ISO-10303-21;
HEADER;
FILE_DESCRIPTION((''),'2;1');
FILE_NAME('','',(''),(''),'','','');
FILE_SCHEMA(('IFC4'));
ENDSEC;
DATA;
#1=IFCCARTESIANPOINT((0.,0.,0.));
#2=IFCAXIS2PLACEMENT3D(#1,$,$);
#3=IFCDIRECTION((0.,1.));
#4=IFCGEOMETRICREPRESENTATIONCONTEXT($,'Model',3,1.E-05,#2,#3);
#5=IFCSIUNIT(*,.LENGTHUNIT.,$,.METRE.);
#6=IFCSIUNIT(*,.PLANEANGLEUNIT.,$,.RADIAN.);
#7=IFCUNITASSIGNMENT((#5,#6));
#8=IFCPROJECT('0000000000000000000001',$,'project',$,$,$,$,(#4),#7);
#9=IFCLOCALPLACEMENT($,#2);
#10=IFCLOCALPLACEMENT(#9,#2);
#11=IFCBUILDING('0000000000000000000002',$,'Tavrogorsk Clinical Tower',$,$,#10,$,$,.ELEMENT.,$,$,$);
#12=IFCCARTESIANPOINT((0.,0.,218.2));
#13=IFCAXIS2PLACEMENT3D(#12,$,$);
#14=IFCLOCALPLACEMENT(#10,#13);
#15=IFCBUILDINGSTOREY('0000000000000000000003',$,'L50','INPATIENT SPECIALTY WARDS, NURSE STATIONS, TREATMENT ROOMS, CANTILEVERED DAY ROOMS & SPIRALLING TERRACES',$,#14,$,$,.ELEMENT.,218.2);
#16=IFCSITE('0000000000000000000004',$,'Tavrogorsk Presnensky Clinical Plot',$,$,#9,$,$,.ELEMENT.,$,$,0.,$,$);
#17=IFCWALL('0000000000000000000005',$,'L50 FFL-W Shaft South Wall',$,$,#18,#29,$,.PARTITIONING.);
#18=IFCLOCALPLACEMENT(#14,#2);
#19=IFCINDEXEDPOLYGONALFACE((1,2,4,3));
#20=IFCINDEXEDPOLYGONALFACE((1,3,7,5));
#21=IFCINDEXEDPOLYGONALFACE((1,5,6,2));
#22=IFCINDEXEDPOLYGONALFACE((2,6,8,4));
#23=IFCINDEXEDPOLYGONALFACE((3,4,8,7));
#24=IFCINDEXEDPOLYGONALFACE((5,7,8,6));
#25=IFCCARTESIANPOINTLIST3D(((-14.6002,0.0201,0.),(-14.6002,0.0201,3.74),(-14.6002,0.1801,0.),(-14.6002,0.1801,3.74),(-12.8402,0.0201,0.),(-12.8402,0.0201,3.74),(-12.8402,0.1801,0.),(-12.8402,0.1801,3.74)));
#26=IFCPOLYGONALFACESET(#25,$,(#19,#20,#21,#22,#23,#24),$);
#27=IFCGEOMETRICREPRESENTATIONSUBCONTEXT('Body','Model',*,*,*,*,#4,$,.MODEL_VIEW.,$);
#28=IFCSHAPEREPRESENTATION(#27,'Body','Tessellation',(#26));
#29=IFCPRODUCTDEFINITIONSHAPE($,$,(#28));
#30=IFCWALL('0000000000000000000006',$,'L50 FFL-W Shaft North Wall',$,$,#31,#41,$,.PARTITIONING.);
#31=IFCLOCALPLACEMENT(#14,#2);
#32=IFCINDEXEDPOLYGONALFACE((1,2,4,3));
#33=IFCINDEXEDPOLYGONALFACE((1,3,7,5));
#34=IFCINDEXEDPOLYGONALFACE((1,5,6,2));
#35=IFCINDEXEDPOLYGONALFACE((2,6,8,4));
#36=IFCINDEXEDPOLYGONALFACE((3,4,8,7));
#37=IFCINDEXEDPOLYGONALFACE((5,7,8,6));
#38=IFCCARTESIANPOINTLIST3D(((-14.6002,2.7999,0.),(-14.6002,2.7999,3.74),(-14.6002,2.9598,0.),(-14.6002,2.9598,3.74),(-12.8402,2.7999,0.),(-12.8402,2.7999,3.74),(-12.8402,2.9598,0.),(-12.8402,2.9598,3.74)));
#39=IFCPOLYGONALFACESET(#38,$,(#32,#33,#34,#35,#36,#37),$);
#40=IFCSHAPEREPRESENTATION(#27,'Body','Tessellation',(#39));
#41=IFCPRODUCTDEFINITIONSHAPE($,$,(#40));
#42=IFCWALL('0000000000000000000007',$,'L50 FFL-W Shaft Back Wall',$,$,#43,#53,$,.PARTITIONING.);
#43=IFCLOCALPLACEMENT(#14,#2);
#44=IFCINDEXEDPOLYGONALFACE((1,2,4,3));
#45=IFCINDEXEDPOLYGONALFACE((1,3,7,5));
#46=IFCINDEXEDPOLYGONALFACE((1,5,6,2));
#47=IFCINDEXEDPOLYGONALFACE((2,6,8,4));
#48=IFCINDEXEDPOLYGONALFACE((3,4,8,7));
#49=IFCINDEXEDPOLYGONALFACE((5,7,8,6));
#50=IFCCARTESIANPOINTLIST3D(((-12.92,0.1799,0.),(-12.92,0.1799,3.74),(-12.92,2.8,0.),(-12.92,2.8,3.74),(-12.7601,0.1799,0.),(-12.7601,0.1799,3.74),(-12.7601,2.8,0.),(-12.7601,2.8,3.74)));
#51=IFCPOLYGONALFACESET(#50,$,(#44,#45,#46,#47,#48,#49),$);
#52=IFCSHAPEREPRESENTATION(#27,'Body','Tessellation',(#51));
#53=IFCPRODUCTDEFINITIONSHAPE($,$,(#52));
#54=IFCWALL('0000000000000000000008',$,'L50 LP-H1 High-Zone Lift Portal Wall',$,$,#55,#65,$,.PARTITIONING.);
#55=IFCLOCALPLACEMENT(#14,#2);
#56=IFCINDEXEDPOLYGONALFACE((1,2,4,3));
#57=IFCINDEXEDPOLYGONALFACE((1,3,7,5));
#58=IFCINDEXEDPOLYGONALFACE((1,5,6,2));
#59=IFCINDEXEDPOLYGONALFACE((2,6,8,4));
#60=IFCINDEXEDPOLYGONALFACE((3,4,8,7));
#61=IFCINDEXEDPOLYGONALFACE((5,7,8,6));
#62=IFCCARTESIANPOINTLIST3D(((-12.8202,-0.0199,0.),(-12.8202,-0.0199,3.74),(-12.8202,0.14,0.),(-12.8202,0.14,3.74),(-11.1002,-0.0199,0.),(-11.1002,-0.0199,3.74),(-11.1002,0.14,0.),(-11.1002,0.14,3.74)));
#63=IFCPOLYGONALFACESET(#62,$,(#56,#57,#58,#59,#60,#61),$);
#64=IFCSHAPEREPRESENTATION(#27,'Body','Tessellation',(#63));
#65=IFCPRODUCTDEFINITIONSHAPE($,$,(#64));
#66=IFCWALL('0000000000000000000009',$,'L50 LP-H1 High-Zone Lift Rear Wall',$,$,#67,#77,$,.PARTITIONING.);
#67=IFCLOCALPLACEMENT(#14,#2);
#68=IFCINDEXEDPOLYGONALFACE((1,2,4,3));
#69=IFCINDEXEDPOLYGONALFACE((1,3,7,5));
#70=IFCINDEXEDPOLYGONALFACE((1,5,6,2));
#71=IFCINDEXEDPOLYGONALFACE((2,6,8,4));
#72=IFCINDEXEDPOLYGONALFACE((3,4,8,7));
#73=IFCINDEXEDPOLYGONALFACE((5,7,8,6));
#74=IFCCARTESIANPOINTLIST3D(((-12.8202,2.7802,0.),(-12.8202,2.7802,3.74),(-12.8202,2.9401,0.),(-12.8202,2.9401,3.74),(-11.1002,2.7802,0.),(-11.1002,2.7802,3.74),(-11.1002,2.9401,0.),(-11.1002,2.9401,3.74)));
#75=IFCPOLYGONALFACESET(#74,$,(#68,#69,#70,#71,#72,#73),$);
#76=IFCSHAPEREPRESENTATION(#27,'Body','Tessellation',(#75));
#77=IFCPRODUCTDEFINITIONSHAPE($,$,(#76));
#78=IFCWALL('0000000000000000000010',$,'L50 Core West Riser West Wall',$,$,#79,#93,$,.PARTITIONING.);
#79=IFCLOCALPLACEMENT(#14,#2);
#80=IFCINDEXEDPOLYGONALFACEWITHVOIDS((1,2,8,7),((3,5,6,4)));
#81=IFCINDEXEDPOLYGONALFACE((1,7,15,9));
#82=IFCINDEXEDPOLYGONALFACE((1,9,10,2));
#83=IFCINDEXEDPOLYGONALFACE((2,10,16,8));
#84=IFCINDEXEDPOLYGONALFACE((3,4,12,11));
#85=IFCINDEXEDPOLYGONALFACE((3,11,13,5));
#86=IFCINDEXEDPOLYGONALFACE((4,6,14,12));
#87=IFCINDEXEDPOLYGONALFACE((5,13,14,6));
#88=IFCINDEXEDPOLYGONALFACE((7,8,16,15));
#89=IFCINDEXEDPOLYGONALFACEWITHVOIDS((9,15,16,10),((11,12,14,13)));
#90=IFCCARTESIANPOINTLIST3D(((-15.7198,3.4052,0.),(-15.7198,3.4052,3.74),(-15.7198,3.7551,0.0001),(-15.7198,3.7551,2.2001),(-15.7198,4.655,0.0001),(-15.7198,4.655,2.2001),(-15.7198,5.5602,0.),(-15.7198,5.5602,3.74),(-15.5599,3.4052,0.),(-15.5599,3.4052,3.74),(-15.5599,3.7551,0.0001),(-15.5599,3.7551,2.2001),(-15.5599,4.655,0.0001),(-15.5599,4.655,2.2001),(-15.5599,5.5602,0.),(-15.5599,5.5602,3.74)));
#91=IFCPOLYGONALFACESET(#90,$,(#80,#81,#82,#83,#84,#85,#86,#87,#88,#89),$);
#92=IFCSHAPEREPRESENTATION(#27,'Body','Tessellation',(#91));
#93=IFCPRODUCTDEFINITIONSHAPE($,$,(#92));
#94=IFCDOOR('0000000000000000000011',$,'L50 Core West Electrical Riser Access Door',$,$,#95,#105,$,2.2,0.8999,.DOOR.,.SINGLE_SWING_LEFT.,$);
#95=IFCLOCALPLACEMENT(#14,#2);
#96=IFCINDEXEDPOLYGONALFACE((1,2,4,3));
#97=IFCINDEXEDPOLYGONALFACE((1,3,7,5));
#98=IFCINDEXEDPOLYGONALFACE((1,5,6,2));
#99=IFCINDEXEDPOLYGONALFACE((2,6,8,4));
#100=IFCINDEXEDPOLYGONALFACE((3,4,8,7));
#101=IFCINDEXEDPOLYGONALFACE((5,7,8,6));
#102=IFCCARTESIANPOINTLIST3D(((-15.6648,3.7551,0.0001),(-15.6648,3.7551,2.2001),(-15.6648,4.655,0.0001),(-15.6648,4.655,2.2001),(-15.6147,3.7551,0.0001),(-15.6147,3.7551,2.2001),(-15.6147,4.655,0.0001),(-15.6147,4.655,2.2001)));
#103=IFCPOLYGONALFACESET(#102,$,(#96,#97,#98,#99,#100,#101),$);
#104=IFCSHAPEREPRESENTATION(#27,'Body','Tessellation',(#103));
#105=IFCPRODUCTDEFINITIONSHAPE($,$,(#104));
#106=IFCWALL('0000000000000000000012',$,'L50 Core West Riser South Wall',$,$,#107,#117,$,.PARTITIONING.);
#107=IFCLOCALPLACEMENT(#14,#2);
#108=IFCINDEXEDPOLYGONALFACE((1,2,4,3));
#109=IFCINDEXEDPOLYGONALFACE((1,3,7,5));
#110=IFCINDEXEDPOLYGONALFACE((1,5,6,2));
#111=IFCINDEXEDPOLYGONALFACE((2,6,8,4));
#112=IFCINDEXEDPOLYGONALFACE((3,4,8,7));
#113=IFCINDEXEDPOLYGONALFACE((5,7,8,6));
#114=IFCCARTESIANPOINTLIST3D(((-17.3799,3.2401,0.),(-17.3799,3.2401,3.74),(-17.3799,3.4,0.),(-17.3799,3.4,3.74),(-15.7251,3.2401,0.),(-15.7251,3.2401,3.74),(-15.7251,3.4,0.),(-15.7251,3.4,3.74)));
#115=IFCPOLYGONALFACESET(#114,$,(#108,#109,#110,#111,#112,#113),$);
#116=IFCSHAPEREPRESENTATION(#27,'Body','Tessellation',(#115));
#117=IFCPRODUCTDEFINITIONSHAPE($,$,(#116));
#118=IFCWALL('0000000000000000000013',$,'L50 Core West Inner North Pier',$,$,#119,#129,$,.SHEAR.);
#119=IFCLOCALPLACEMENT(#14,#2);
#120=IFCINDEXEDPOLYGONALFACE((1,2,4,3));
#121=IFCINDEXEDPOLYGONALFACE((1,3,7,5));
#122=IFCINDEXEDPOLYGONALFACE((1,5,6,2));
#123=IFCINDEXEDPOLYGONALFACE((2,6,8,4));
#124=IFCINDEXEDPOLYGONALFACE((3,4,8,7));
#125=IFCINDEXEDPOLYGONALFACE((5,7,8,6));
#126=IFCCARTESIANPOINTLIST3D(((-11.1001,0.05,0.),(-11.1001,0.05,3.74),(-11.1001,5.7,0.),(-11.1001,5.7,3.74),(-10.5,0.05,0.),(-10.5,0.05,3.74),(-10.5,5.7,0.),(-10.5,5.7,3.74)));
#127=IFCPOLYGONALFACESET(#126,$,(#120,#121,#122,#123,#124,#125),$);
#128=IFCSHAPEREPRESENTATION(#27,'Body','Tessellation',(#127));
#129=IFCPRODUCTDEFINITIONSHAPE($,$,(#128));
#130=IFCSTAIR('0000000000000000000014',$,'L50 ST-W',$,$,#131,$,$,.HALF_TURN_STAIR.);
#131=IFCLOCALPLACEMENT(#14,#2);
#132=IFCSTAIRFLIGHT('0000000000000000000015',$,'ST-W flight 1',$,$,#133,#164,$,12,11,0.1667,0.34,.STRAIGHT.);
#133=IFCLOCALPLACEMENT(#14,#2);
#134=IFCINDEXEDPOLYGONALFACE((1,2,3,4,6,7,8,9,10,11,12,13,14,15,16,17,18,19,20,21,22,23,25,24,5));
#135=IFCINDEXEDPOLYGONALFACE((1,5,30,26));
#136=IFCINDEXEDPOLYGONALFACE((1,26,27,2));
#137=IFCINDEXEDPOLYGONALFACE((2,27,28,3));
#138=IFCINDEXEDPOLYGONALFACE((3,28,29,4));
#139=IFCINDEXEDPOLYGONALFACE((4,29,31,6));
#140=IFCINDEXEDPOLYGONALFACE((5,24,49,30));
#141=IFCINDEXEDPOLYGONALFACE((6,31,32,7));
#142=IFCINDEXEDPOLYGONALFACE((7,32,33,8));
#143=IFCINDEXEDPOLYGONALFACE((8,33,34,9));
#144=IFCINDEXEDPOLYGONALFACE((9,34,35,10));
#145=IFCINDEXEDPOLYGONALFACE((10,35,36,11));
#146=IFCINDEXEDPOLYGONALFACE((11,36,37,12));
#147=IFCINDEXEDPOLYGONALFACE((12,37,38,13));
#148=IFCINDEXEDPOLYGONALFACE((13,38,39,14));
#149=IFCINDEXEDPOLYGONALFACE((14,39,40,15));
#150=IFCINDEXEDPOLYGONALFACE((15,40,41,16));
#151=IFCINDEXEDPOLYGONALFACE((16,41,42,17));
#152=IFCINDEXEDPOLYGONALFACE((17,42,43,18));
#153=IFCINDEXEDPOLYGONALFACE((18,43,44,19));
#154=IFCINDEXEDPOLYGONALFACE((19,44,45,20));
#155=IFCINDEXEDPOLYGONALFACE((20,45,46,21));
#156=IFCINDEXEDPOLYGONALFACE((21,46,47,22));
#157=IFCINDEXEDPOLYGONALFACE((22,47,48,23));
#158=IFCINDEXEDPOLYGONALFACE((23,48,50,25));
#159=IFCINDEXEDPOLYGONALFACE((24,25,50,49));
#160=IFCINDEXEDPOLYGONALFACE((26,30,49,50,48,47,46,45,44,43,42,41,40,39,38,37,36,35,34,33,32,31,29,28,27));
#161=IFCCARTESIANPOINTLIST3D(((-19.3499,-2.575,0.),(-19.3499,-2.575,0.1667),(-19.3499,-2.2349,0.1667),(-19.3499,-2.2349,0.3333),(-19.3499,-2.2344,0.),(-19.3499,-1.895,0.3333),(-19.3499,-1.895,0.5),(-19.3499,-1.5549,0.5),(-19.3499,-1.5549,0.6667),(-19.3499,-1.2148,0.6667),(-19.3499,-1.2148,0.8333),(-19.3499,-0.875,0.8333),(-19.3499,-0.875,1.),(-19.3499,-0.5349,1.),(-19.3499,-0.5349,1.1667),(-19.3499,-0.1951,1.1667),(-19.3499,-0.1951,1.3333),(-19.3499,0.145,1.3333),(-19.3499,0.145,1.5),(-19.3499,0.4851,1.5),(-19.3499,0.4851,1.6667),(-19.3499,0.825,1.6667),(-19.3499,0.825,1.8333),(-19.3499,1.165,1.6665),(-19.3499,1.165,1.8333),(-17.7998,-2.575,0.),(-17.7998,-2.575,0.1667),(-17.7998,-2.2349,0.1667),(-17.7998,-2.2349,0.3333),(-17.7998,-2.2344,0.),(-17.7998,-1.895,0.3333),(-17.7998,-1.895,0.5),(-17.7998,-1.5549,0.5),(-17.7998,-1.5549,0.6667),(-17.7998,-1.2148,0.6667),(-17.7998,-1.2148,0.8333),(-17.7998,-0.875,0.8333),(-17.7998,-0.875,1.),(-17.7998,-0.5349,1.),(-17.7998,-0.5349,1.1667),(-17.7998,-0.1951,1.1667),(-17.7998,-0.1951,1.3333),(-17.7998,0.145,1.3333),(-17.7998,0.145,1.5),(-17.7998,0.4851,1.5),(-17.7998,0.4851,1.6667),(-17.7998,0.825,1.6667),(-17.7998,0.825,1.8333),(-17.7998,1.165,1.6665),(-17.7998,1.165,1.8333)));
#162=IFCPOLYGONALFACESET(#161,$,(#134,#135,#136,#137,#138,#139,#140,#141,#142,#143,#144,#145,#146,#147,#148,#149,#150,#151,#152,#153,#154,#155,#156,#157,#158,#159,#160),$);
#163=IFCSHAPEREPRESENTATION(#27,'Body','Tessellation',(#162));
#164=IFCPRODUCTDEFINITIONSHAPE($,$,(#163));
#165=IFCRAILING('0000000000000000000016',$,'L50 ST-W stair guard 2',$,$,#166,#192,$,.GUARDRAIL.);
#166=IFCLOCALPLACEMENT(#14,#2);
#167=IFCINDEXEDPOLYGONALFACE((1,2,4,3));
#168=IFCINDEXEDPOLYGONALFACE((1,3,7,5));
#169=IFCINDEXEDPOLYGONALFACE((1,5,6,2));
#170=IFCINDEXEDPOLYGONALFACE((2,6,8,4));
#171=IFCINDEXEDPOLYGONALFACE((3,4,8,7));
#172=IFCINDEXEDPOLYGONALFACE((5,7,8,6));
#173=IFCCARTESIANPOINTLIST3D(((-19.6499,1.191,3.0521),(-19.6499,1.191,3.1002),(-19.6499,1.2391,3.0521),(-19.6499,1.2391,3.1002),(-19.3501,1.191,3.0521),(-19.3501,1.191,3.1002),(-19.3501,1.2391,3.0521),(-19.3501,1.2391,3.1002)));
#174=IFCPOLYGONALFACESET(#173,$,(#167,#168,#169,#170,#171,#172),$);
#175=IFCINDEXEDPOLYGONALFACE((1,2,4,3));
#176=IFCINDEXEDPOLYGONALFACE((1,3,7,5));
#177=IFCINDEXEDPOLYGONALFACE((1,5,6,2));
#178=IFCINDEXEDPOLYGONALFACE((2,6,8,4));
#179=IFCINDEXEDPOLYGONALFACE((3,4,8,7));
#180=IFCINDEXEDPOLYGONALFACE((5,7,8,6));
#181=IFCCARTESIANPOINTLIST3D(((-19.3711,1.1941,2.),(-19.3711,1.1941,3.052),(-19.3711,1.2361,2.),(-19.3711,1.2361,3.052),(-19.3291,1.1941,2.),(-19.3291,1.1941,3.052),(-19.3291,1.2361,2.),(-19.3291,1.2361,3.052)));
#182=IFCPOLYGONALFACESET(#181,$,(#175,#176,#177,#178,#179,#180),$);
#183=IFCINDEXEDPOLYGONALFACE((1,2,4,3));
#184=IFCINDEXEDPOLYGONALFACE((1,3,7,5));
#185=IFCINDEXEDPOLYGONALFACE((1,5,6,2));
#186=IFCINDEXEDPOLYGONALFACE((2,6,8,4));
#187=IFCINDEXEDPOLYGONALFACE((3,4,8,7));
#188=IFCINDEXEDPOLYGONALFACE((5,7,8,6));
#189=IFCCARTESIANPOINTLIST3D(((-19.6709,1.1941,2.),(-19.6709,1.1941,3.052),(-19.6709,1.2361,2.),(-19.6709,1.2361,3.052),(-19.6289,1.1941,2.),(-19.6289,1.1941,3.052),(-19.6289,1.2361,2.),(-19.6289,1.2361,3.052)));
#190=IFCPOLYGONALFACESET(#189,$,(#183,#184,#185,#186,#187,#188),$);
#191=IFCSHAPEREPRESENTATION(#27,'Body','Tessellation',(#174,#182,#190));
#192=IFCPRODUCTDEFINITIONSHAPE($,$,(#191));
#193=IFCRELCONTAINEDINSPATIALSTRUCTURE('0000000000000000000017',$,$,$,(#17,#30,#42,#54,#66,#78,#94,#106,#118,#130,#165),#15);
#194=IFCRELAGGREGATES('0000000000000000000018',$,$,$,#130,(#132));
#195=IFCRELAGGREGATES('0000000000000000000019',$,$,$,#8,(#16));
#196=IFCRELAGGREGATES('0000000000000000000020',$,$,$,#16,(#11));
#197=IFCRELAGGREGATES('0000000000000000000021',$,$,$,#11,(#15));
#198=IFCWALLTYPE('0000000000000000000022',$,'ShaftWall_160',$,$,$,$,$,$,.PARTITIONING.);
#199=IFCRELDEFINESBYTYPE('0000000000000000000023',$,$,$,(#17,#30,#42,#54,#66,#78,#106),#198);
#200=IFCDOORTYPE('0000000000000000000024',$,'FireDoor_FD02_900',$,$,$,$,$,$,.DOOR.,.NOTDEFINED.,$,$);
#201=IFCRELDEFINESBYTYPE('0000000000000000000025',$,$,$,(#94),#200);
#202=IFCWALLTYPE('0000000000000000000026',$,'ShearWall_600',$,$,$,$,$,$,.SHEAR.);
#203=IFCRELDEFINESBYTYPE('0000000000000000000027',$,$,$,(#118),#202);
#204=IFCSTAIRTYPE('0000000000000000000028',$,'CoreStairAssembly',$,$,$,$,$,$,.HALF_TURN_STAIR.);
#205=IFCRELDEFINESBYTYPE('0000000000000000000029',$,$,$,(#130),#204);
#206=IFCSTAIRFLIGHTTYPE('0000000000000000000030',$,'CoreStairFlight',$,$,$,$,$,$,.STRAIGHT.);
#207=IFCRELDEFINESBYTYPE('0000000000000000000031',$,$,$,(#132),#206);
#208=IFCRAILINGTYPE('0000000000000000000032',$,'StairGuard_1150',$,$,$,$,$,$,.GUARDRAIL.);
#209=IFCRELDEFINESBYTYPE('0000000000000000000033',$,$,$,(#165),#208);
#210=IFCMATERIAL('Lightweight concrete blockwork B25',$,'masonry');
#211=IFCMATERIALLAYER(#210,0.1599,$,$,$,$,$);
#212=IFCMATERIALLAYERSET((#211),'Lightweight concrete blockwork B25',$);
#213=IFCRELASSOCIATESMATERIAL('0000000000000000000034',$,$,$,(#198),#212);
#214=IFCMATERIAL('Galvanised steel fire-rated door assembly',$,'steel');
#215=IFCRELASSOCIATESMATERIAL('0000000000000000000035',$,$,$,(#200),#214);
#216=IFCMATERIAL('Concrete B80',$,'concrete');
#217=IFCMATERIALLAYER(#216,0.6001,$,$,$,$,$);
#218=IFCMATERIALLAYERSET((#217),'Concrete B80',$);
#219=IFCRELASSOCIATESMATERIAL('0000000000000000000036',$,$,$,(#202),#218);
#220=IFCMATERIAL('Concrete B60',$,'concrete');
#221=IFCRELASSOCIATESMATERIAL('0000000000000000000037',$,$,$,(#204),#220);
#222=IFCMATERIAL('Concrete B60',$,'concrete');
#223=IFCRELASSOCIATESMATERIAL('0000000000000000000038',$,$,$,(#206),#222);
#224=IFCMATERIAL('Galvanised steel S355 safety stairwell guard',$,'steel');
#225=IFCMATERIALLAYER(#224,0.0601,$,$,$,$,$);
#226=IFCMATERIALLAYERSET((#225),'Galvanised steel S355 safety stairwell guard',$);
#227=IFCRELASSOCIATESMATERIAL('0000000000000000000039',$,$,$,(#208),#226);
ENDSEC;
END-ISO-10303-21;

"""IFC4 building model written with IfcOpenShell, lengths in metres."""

from ifc_helpers import new_model, si_unit, direction, frame, frame_2d, origin, origin_2d, place, context, subcontext, project, spatial, polyline, rectangle, outline, extrude, material, layer, layer_set, type_object, element, fill, aggregate, save


model = new_model("IFC4")

# Units and contexts
model_context = context("Model", 3, precision=1e-05, world=origin(), true_north=direction((0.0, 1.0)))
body_context = subcontext(model_context, "Body", "Model", "MODEL_VIEW")
ifc_project = project(units=[si_unit("LENGTHUNIT", "METRE"), si_unit("PLANEANGLEUNIT", "RADIAN")], contexts=[model_context])

# Site, building, storey
site_placement = place(None, origin())
site = spatial("IfcSite", under=ifc_project, at=site_placement, Name="Tavrogorsk Presnensky Clinical Plot", CompositionType="ELEMENT", RefElevation=0.0)
building_placement = place(site_placement, origin())
building = spatial("IfcBuilding", under=site, at=building_placement, Name="Tavrogorsk Clinical Tower", CompositionType="ELEMENT")
storey_placement = place(building_placement, frame((0.0, 0.0, 218.2)))
storey = spatial("IfcBuildingStorey", under=building, at=storey_placement, Name="L50", Description="INPATIENT SPECIALTY WARDS, NURSE STATIONS, TREATMENT ROOMS, CANTILEVERED DAY ROOMS & SPIRALLING TERRACES", CompositionType="ELEMENT", Elevation=218.2)

# Shared definitions
ifc_material_1 = material(Name="Lightweight concrete blockwork B25", Category="masonry")
ifc_layer_1 = layer(ifc_material_1, 0.1599)
ifc_layer_set_1 = layer_set([ifc_layer_1], Name="Lightweight concrete blockwork B25")
wall_type_1 = type_object("IfcWallType", Name="ShaftWall_160", PredefinedType="PARTITIONING", material=ifc_layer_set_1)

# Walls
for number, where, z_axis, x_axis, name in (
    (1, (-14.6001, 0.1001, 0.0), (0.0, 0.0, 1.0), (1.0, 0.0, 0.0), "L50 FFL-W Shaft South Wall"),
    (2, (-14.6001, 2.8799, 0.0), (0.0, 0.0, 1.0), (1.0, 0.0, 0.0), "L50 FFL-W Shaft North Wall"),
):
    element("IfcWall", number, at=place(storey_placement, frame(where, z_axis=z_axis, x_axis=x_axis)), inside=storey, type_object=wall_type_1, Name=name, PredefinedType="PARTITIONING", context=body_context, shape_type="SweptSolid", body=[
        extrude(rectangle(XDim=1.76, YDim=0.1599, at=frame_2d((0.8799, 0.0))), origin(), (0.0, 0.0, 1.0), 3.74),
    ])
wall_1_placement = place(storey_placement, frame((-12.8401, 0.1799, 0.0), z_axis=(0.0, 0.0, 1.0), x_axis=(0.0, 1.0, 0.0)))
element("IfcWall", 3, at=wall_1_placement, inside=storey, type_object=wall_type_1, Name="L50 FFL-W Shaft Back Wall", PredefinedType="PARTITIONING", context=body_context, shape_type="SweptSolid", body=[
    extrude(rectangle(XDim=2.6201, YDim=0.1599, at=frame_2d((1.3101, 0.0))), origin(), (0.0, 0.0, 1.0), 3.74),
])
for number, where, z_axis, x_axis, name in (
    (4, (-12.8201, 0.0601, 0.0), (0.0, 0.0, 1.0), (1.0, 0.0, 0.0), "L50 LP-H1 High-Zone Lift Portal Wall"),
    (5, (-12.8201, 2.8601, 0.0), (0.0, 0.0, 1.0), (1.0, 0.0, 0.0), "L50 LP-H1 High-Zone Lift Rear Wall"),
):
    element("IfcWall", number, at=place(storey_placement, frame(where, z_axis=z_axis, x_axis=x_axis)), inside=storey, type_object=wall_type_1, Name=name, PredefinedType="PARTITIONING", context=body_context, shape_type="SweptSolid", body=[
        extrude(rectangle(XDim=1.72, YDim=0.1599, at=frame_2d((0.8599, 0.0))), origin(), (0.0, 0.0, 1.0), 3.74),
    ])

# Wall, opening, door
wall_2_placement = place(storey_placement, frame((-15.6399, 3.405, 0.0), z_axis=(0.0, 0.0, 1.0), x_axis=(0.0, 1.0, 0.0)))
wall_2 = element("IfcWall", 6, at=wall_2_placement, inside=storey, type_object=wall_type_1, Name="L50 Core West Riser West Wall", PredefinedType="PARTITIONING", context=body_context, shape_type="SweptSolid", body=[
    extrude(rectangle(XDim=2.155, YDim=0.1599, at=frame_2d((1.0776, 0.0))), origin(), (0.0, 0.0, 1.0), 3.74),
])
opening_1_placement = place(wall_2_placement, frame((0.3501, 0.0, 0.0)))
opening_1 = element("IfcOpeningElement", 7, at=opening_1_placement, cuts=wall_2, PredefinedType="OPENING", context=body_context, shape_type="SweptSolid", body=[
    extrude(rectangle(XDim=0.8999, YDim=2.2, at=frame_2d((0.45, 1.1001))), frame((0.0, 0.0898, 0.0), z_axis=(0.0, -1.0, 0.0), x_axis=(1.0, 0.0, 0.0)), (0.0, 0.0, 1.0), 0.1799),
])
ifc_material_2 = material(Name="Galvanised steel fire-rated door assembly", Category="steel")
door_type_1 = type_object("IfcDoorType", Name="FireDoor_FD02_900", OperationType="NOTDEFINED", PredefinedType="DOOR", material=ifc_material_2)
door_1_placement = place(opening_1_placement, origin())
door_1 = element("IfcDoor", 8, at=door_1_placement, inside=storey, type_object=door_type_1, Name="L50 Core West Electrical Riser Access Door", OperationType="SINGLE_SWING_LEFT", OverallHeight=2.2, OverallWidth=0.8999, PredefinedType="DOOR", context=body_context, shape_type="SweptSolid", body=[
    extrude(rectangle(XDim=0.8999, YDim=2.2, at=frame_2d((0.45, 1.1001))), frame((0.0, 0.0249, 0.0), z_axis=(0.0, -1.0, 0.0), x_axis=(1.0, 0.0, 0.0)), (0.0, 0.0, 1.0), 0.05),
])
fill(opening_1, door_1)

# Walls
wall_3_placement = place(storey_placement, frame((-17.3799, 3.3201, 0.0), z_axis=(0.0, 0.0, 1.0), x_axis=(1.0, 0.0, 0.0)))
element("IfcWall", 9, at=wall_3_placement, inside=storey, type_object=wall_type_1, Name="L50 Core West Riser South Wall", PredefinedType="PARTITIONING", context=body_context, shape_type="SweptSolid", body=[
    extrude(rectangle(XDim=1.6548, YDim=0.1599, at=frame_2d((0.8274, 0.0))), origin(), (0.0, 0.0, 1.0), 3.74),
])
ifc_material_3 = material(Name="Concrete B80", Category="concrete")
ifc_layer_2 = layer(ifc_material_3, 0.6001)
ifc_layer_set_2 = layer_set([ifc_layer_2], Name="Concrete B80")
wall_type_2 = type_object("IfcWallType", Name="ShearWall_600", PredefinedType="SHEAR", material=ifc_layer_set_2)
wall_4_placement = place(storey_placement, frame((-10.8, 0.05, 0.0), z_axis=(0.0, 0.0, 1.0), x_axis=(0.0, 1.0, 0.0)))
element("IfcWall", 10, at=wall_4_placement, inside=storey, type_object=wall_type_2, Name="L50 Core West Inner North Pier", PredefinedType="SHEAR", context=body_context, shape_type="SweptSolid", body=[
    extrude(rectangle(XDim=5.6499, YDim=0.6001, at=frame_2d((2.825, 0.0))), origin(), (0.0, 0.0, 1.0), 3.74),
])

# Stair, stair flight
ifc_material_4 = material(Name="Concrete B60", Category="concrete")
stair_type = type_object("IfcStairType", Name="CoreStairAssembly", PredefinedType="HALF_TURN_STAIR", material=ifc_material_4)
stair_placement = place(storey_placement, origin())
stair = element("IfcStair", 11, at=stair_placement, inside=storey, type_object=stair_type, Name="L50 ST-W", PredefinedType="HALF_TURN_STAIR")
ifc_material_5 = material(Name="Concrete B60", Category="concrete")
stair_flight_type = type_object("IfcStairFlightType", Name="CoreStairFlight", PredefinedType="STRAIGHT", material=ifc_material_5)
stair_flight_placement = place(storey_placement, frame((-18.575, -2.575, 0.0), z_axis=(0.0, 0.0, 1.0), x_axis=(0.0, 1.0, 0.0)))
stair_flight = element("IfcStairFlight", 12, at=stair_flight_placement, type_object=stair_flight_type, Name="ST-W flight 1", NumberOfRisers=12, NumberOfTreads=11, PredefinedType="STRAIGHT", RiserHeight=0.1667, TreadLength=0.34, context=body_context, shape_type="SweptSolid", body=[
    extrude(outline(polyline([(0.0, 0.0), (0.0, 0.1667), (0.3401, 0.1667), (0.3401, 0.3333), (0.6799, 0.3333), (0.6799, 0.5), (1.02, 0.5), (1.02, 0.6667), (1.3601, 0.6667), (1.3601, 0.8333), (1.7, 0.8333), (1.7, 1.0), (2.04, 1.0), (2.04, 1.1667), (2.3799, 1.1667), (2.3799, 1.3333), (2.72, 1.3333), (2.72, 1.5), (3.0601, 1.5), (3.0601, 1.6667), (3.3999, 1.6667), (3.3999, 1.8333), (3.74, 1.8333), (3.74, 2.0), (3.74, 1.6665), (0.3406, 0.0), (0.0, 0.0)])), frame((0.0, 0.7749, 0.0), z_axis=(0.0, -1.0, 0.0), x_axis=(1.0, 0.0, 0.0)), (0.0, 0.0, 1.0), 1.55),
])
aggregate(stair, [stair_flight])

# Railing
ifc_material_6 = material(Name="Galvanised steel S355 safety stairwell guard", Category="steel")
ifc_layer_3 = layer(ifc_material_6, 0.0601)
ifc_layer_set_3 = layer_set([ifc_layer_3], Name="Galvanised steel S355 safety stairwell guard")
railing_type_1 = type_object("IfcRailingType", Name="StairGuard_1150", PredefinedType="GUARDRAIL", material=ifc_layer_set_3)
railing_1_placement = place(storey_placement, frame((-19.3501, 1.2151, 2.0)))
element("IfcRailing", 13, at=railing_1_placement, inside=storey, type_object=railing_type_1, Name="L50 ST-W stair guard 2", PredefinedType="GUARDRAIL", context=body_context, shape_type="SweptSolid", body=[
    extrude(rectangle(XDim=0.0481, YDim=0.0481, at=origin_2d()), frame((0.0, 0.0, 1.0762), z_axis=(-1.0, 0.0, 0.0), x_axis=(0.0, -1.0, 0.0)), (0.0, 0.0, 1.0), 0.2998),
    extrude(rectangle(XDim=0.042, YDim=0.042, at=origin_2d()), origin(), (0.0, 0.0, 1.0), 1.052),
    extrude(rectangle(XDim=0.042, YDim=0.042, at=origin_2d()), frame((-0.2998, 0.0, 0.0)), (0.0, 0.0, 1.0), 1.052),
])

save(model, "model.ifc")
